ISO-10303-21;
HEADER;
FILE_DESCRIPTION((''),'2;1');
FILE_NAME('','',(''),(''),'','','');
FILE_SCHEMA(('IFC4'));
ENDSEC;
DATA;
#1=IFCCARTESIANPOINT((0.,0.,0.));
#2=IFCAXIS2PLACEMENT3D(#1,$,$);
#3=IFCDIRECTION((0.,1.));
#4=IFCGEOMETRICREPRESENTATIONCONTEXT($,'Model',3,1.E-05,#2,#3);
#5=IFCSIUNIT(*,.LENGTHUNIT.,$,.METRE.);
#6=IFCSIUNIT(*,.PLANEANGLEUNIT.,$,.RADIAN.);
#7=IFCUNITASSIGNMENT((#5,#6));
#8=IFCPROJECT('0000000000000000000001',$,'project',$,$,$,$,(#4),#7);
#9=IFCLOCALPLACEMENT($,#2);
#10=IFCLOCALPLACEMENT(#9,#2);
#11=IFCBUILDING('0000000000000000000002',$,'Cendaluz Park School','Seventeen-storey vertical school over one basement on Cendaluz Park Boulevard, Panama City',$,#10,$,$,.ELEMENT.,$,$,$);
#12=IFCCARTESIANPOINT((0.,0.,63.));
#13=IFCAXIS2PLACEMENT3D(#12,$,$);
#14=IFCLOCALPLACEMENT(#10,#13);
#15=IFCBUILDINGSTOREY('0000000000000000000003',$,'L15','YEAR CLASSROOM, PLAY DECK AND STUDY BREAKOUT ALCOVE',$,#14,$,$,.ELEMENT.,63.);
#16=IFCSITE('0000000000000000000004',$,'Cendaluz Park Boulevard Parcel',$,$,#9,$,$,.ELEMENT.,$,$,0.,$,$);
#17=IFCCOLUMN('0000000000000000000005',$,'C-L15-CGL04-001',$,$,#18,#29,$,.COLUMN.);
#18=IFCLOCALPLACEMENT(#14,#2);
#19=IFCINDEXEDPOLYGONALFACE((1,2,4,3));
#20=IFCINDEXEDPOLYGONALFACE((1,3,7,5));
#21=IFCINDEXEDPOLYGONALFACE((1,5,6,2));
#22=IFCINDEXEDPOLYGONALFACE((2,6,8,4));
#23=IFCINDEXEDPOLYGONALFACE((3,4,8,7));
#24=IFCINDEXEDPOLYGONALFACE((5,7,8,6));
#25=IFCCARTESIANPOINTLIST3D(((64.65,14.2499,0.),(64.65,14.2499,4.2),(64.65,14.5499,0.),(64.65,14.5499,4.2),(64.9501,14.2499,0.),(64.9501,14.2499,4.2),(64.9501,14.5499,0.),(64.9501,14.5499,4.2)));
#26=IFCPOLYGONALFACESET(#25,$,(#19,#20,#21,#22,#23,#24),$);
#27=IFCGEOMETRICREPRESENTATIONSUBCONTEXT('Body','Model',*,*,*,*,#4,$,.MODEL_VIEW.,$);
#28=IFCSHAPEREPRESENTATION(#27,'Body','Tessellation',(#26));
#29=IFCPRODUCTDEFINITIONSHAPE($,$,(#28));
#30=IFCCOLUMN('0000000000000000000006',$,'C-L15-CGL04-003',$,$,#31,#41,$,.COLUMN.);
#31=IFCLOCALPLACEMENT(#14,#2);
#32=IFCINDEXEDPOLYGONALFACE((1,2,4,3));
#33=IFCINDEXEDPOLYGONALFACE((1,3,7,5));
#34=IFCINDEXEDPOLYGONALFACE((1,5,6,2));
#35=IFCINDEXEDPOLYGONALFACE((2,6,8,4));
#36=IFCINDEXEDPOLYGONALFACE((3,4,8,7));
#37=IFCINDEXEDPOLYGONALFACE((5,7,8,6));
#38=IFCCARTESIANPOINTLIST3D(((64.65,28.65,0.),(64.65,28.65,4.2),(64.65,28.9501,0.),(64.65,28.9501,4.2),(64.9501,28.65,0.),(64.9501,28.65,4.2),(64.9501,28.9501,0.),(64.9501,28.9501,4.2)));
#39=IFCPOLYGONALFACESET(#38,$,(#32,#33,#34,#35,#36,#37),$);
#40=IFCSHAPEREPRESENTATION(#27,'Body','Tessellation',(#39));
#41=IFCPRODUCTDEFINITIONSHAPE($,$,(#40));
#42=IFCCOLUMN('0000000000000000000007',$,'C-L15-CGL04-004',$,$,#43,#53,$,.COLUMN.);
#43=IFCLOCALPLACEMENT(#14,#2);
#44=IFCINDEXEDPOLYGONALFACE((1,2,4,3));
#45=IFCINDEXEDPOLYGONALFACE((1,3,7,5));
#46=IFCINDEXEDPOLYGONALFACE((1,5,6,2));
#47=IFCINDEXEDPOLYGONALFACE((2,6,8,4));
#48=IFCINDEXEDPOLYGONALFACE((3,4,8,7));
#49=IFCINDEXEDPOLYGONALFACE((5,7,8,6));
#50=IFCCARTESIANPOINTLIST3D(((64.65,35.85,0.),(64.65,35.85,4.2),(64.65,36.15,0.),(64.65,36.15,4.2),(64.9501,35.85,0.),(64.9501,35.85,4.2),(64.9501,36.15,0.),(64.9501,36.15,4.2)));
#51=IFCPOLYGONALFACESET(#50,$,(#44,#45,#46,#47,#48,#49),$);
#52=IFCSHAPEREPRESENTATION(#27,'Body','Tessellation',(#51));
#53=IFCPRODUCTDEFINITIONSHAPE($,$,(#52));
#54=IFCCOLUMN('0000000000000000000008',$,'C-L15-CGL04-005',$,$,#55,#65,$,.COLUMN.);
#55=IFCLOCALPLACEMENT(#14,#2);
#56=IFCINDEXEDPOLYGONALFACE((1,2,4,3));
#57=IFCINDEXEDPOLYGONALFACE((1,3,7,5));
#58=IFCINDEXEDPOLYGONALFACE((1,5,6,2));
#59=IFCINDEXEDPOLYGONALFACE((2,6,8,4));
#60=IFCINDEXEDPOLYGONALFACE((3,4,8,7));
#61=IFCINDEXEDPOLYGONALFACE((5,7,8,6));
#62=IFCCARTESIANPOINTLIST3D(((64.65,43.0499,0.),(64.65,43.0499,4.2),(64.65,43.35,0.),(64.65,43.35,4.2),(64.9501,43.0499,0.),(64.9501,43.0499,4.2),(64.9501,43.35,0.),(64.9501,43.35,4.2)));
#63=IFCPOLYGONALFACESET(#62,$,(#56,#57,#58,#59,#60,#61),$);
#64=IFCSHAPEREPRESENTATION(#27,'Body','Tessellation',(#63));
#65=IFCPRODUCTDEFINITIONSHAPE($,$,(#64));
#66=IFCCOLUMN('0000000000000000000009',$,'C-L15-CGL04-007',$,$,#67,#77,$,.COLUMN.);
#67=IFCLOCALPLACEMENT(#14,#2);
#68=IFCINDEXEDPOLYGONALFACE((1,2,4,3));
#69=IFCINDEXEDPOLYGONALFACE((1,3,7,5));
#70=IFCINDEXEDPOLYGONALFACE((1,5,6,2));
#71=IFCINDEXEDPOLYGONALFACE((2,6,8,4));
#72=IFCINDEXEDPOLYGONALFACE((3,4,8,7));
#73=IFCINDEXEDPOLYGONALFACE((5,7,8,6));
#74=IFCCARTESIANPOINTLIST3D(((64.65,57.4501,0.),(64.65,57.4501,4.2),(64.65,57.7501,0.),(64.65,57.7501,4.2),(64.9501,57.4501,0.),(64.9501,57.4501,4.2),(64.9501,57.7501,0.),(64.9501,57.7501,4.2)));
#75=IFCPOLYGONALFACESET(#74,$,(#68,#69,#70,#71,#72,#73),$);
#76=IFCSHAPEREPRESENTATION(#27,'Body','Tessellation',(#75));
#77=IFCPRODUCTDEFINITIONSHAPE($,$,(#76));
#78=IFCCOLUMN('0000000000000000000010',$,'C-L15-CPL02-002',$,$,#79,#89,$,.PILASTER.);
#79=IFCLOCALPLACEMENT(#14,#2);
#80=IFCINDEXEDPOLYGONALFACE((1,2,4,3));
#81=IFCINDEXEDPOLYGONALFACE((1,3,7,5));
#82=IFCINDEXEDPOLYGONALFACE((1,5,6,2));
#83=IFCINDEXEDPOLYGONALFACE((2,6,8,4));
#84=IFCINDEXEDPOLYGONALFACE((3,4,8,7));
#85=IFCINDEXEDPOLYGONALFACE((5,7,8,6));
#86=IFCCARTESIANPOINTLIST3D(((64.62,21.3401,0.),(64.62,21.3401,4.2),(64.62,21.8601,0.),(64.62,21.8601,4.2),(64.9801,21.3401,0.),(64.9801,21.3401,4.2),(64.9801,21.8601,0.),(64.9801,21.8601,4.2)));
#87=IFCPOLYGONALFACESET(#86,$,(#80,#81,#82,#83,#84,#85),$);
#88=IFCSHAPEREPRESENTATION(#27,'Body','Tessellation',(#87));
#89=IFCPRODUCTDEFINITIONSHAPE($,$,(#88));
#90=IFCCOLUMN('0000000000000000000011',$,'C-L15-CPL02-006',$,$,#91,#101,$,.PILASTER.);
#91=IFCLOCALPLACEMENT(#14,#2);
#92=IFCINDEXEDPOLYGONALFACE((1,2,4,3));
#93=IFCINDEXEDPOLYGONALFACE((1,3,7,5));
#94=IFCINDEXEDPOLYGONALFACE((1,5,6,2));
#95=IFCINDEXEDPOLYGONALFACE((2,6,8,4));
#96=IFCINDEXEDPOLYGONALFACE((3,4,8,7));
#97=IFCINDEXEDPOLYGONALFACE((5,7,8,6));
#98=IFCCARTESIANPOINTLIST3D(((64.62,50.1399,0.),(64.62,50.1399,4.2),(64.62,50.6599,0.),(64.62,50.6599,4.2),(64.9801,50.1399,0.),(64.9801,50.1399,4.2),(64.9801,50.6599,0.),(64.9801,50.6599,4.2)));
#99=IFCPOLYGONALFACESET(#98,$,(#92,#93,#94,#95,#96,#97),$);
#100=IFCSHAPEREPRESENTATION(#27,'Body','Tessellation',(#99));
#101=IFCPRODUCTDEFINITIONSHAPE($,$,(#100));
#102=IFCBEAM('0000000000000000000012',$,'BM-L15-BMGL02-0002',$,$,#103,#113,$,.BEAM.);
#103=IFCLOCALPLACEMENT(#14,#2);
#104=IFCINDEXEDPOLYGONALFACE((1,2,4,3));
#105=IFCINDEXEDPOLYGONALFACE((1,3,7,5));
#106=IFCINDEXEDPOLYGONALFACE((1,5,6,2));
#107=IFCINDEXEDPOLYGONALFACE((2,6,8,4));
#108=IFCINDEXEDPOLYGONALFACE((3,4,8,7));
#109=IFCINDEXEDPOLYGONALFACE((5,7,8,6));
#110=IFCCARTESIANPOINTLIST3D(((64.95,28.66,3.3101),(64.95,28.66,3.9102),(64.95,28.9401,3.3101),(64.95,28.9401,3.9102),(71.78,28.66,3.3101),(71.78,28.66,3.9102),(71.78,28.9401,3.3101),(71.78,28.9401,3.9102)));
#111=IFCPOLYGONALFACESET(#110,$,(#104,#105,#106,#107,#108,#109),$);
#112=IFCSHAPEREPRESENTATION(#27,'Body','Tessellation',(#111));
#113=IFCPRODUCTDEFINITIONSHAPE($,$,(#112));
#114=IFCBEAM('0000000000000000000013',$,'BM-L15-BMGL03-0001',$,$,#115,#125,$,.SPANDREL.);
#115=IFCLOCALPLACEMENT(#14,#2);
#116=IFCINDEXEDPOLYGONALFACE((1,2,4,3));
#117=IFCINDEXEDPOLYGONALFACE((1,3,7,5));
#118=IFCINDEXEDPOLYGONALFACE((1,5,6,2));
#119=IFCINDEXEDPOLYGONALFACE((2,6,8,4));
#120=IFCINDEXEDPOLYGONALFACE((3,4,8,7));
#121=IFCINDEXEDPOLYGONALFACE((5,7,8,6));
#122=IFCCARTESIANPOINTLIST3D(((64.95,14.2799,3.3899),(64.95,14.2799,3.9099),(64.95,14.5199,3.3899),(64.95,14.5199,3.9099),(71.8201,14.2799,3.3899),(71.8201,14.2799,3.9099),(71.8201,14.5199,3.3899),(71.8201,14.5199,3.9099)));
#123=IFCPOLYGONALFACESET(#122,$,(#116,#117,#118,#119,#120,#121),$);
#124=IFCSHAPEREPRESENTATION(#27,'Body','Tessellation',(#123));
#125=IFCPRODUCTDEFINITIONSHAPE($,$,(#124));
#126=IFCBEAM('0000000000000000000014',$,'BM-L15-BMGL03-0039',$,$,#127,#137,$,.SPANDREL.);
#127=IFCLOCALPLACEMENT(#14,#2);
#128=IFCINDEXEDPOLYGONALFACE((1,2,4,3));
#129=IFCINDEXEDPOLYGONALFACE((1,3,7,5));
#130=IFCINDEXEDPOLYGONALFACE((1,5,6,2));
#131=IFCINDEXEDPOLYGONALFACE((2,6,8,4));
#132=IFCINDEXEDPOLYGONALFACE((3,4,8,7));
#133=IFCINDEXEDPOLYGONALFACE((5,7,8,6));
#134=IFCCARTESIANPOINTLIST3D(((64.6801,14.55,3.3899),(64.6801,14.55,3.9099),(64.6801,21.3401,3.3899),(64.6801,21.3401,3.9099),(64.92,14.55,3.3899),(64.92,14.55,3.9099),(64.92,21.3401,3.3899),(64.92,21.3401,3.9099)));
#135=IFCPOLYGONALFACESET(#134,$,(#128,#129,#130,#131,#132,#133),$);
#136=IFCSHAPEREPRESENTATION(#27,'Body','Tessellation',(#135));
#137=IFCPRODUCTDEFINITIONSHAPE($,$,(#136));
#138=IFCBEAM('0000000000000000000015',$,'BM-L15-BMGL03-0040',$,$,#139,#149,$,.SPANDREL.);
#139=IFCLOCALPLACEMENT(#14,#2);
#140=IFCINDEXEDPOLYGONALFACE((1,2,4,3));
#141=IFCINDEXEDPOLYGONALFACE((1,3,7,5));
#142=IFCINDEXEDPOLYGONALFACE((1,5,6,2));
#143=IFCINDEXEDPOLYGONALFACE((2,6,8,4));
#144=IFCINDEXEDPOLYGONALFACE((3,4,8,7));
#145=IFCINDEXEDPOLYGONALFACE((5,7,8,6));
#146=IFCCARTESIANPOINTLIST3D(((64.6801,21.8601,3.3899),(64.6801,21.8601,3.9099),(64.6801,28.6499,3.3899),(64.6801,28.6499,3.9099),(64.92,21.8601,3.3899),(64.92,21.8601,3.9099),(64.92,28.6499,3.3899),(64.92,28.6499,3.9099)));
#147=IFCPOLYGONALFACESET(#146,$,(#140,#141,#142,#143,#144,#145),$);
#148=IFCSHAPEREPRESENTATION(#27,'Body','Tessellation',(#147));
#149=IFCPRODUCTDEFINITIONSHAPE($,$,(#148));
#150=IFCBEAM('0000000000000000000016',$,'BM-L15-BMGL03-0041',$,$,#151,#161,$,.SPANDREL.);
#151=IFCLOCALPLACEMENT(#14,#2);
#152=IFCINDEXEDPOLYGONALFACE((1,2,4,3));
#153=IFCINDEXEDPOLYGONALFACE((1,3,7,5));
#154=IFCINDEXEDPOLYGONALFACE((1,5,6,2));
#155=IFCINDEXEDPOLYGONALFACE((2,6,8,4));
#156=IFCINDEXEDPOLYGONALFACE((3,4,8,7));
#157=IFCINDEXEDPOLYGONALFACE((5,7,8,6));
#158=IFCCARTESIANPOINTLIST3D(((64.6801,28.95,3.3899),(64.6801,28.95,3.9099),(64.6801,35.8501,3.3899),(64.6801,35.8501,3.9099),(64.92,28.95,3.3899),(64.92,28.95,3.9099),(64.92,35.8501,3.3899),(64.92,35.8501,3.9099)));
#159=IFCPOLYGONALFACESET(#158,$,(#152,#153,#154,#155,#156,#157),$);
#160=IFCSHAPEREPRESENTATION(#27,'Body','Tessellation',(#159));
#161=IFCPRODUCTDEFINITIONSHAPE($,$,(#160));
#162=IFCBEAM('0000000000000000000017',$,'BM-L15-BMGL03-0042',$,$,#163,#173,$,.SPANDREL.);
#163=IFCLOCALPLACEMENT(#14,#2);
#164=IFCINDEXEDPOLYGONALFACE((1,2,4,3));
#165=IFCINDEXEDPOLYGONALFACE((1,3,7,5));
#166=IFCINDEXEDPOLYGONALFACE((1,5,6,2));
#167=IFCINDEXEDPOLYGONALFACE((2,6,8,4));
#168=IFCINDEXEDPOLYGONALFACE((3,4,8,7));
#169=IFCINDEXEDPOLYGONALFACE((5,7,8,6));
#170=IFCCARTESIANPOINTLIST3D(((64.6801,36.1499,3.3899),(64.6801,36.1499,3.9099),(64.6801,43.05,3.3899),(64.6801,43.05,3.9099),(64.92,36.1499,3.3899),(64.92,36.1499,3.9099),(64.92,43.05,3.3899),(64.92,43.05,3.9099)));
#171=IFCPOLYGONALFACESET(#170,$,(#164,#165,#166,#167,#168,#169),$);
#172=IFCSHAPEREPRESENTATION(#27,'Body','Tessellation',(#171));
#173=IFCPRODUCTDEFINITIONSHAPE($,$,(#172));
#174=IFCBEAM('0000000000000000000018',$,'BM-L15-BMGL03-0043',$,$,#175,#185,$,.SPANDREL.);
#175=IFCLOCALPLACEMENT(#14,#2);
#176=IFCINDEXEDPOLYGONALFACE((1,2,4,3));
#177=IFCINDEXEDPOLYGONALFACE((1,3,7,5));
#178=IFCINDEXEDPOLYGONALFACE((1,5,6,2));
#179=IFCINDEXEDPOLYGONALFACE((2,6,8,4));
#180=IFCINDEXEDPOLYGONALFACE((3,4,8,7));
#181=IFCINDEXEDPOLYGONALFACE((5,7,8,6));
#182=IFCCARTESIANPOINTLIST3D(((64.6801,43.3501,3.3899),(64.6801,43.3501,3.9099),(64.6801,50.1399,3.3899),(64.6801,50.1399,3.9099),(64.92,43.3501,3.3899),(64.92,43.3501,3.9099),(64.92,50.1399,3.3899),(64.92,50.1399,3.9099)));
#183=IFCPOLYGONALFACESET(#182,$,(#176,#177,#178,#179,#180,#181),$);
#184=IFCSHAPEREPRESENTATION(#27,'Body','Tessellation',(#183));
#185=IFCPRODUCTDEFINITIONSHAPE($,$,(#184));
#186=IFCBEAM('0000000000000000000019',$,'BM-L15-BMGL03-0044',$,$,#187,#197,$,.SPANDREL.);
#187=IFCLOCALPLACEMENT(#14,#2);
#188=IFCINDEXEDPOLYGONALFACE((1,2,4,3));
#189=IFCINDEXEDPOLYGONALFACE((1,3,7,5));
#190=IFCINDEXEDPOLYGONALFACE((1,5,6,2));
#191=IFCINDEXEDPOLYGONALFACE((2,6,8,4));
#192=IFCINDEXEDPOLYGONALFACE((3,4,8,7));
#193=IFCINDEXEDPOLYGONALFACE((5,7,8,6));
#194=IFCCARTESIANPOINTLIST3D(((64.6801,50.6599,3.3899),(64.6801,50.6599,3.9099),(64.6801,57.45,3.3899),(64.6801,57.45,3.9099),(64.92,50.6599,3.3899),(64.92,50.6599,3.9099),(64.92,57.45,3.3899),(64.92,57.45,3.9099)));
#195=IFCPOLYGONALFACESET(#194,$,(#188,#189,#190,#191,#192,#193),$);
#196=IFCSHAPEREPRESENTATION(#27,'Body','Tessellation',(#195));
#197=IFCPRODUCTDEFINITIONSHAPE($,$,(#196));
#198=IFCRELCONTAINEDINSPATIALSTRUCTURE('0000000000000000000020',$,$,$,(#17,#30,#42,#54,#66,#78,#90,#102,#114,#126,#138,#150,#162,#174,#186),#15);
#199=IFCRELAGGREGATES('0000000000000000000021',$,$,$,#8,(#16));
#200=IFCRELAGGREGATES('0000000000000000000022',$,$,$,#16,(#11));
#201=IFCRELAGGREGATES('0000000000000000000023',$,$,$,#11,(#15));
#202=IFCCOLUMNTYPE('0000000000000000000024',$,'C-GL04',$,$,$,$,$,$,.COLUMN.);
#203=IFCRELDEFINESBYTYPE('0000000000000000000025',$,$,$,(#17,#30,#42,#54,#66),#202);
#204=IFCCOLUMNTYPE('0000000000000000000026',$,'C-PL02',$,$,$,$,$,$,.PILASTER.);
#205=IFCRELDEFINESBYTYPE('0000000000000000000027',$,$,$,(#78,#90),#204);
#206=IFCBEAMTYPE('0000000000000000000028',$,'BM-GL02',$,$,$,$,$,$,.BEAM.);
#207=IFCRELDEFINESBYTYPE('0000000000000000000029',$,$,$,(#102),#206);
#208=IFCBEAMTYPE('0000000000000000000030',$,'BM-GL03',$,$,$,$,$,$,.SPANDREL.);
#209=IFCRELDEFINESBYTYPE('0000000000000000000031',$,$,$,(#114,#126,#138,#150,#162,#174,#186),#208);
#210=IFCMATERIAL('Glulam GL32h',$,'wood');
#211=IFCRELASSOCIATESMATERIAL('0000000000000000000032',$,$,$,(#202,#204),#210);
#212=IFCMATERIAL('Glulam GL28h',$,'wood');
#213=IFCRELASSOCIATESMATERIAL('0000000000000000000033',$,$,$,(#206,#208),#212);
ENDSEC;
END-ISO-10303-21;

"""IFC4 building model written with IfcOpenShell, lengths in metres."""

from ifc_helpers import new_model, si_unit, direction, frame, origin, origin_2d, place, context, subcontext, project, spatial, rectangle, extrude, material, material_profile, profile_set, type_object, element, save


model = new_model("IFC4")

# Units and contexts
model_context = context("Model", 3, precision=1e-05, world=origin(), true_north=direction((0.0, 1.0)))
body_context = subcontext(model_context, "Body", "Model", "MODEL_VIEW")
ifc_project = project(units=[si_unit("LENGTHUNIT", "METRE"), si_unit("PLANEANGLEUNIT", "RADIAN")], contexts=[model_context])

# Site, building, storey
site_placement = place(None, origin())
site = spatial("IfcSite", under=ifc_project, at=site_placement, Name="Cendaluz Park Boulevard Parcel", CompositionType="ELEMENT", RefElevation=0.0)
building_placement = place(site_placement, origin())
building = spatial("IfcBuilding", under=site, at=building_placement, Name="Cendaluz Park School", Description="Seventeen-storey vertical school over one basement on Cendaluz Park Boulevard, Panama City", CompositionType="ELEMENT")
storey_placement = place(building_placement, frame((0.0, 0.0, 63.0)))
storey = spatial("IfcBuildingStorey", under=building, at=storey_placement, Name="L15", Description="YEAR CLASSROOM, PLAY DECK AND STUDY BREAKOUT ALCOVE", CompositionType="ELEMENT", Elevation=63.0)

# Columns
ifc_material_1 = material(Name="Glulam GL32h", Category="wood")
ifc_material_profile_1 = material_profile(ifc_material_1, rectangle(XDim=0.3, YDim=0.3, at=origin_2d()), Name="GL32h 300x300", Category="wood")
ifc_profile_set_1 = profile_set([ifc_material_profile_1], Name="Glulam GL32h")
column_type_1 = type_object("IfcColumnType", Name="C-GL04", PredefinedType="COLUMN", material=ifc_profile_set_1)
for number, where, z_axis, x_axis, name in (
    (1, (64.8, 14.3999, 0.0), (0.0, 0.0, 1.0), (1.0, 0.0, 0.0), "C-L15-CGL04-001"),
    (2, (64.8, 28.8, 0.0), (0.0, 0.0, 1.0), (1.0, 0.0, 0.0), "C-L15-CGL04-003"),
    (3, (64.8, 36.0, 0.0), (0.0, 0.0, 1.0), (1.0, 0.0, 0.0), "C-L15-CGL04-004"),
    (4, (64.8, 43.2, 0.0), (0.0, 0.0, 1.0), (1.0, 0.0, 0.0), "C-L15-CGL04-005"),
    (5, (64.8, 57.6001, 0.0), (0.0, 0.0, 1.0), (1.0, 0.0, 0.0), "C-L15-CGL04-007"),
):
    element("IfcColumn", number, at=place(storey_placement, frame(where, z_axis=z_axis, x_axis=x_axis)), inside=storey, type_object=column_type_1, Name=name, PredefinedType="COLUMN", context=body_context, shape_type="SweptSolid", body=[
        extrude(rectangle(XDim=0.3, YDim=0.3, at=origin_2d()), origin(), (0.0, 0.0, 1.0), 4.2),
    ])
ifc_material_profile_2 = material_profile(ifc_material_1, rectangle(XDim=0.3601, YDim=0.52, at=origin_2d()), Name="GL32h 360x520", Category="wood")
ifc_profile_set_2 = profile_set([ifc_material_profile_2], Name="Glulam GL32h")
column_type_2 = type_object("IfcColumnType", Name="C-PL02", PredefinedType="PILASTER", material=ifc_profile_set_2)
for number, where, z_axis, x_axis, name in (
    (6, (64.8, 21.6001, 0.0), (0.0, 0.0, 1.0), (1.0, 0.0, 0.0), "C-L15-CPL02-002"),
    (7, (64.8, 50.3999, 0.0), (0.0, 0.0, 1.0), (1.0, 0.0, 0.0), "C-L15-CPL02-006"),
):
    element("IfcColumn", number, at=place(storey_placement, frame(where, z_axis=z_axis, x_axis=x_axis)), inside=storey, type_object=column_type_2, Name=name, PredefinedType="PILASTER", context=body_context, shape_type="SweptSolid", body=[
        extrude(rectangle(XDim=0.3601, YDim=0.52, at=origin_2d()), origin(), (0.0, 0.0, 1.0), 4.2),
    ])

# Beams
ifc_material_2 = material(Name="Glulam GL28h", Category="wood")
ifc_material_profile_3 = material_profile(ifc_material_2, rectangle(XDim=0.28, YDim=0.6001, at=origin_2d()), Name="GL28h 280x600", Category="wood")
ifc_profile_set_3 = profile_set([ifc_material_profile_3], Name="Glulam GL28h")
beam_type_1 = type_object("IfcBeamType", Name="BM-GL02", PredefinedType="BEAM", material=ifc_profile_set_3)
beam_1_placement = place(storey_placement, frame((64.95, 28.8, 3.6101), z_axis=(1.0, 0.0, 0.0), x_axis=(0.0, 1.0, 0.0)))
element("IfcBeam", 8, at=beam_1_placement, inside=storey, type_object=beam_type_1, Name="BM-L15-BMGL02-0002", PredefinedType="BEAM", context=body_context, shape_type="SweptSolid", body=[
    extrude(rectangle(XDim=0.28, YDim=0.6001, at=origin_2d()), origin(), (0.0, 0.0, 1.0), 6.8301),
])
ifc_material_profile_4 = material_profile(ifc_material_2, rectangle(XDim=0.24, YDim=0.52, at=origin_2d()), Name="GL28h 240x520", Category="wood")
ifc_profile_set_4 = profile_set([ifc_material_profile_4], Name="Glulam GL28h")
beam_type_2 = type_object("IfcBeamType", Name="BM-GL03", PredefinedType="SPANDREL", material=ifc_profile_set_4)
beam_2_placement = place(storey_placement, frame((64.95, 14.3999, 3.6499), z_axis=(1.0, 0.0, 0.0), x_axis=(0.0, 1.0, 0.0)))
element("IfcBeam", 9, at=beam_2_placement, inside=storey, type_object=beam_type_2, Name="BM-L15-BMGL03-0001", PredefinedType="SPANDREL", context=body_context, shape_type="SweptSolid", body=[
    extrude(rectangle(XDim=0.24, YDim=0.52, at=origin_2d()), origin(), (0.0, 0.0, 1.0), 6.8701),
])
beam_3_placement = place(storey_placement, frame((64.8, 14.55, 3.6499), z_axis=(0.0, 1.0, 0.0), x_axis=(-1.0, 0.0, 0.0)))
element("IfcBeam", 10, at=beam_3_placement, inside=storey, type_object=beam_type_2, Name="BM-L15-BMGL03-0039", PredefinedType="SPANDREL", context=body_context, shape_type="SweptSolid", body=[
    extrude(rectangle(XDim=0.24, YDim=0.52, at=origin_2d()), origin(), (0.0, 0.0, 1.0), 6.79),
])
beam_4_placement = place(storey_placement, frame((64.8, 21.8601, 3.6499), z_axis=(0.0, 1.0, 0.0), x_axis=(-1.0, 0.0, 0.0)))
element("IfcBeam", 11, at=beam_4_placement, inside=storey, type_object=beam_type_2, Name="BM-L15-BMGL03-0040", PredefinedType="SPANDREL", context=body_context, shape_type="SweptSolid", body=[
    extrude(rectangle(XDim=0.24, YDim=0.52, at=origin_2d()), origin(), (0.0, 0.0, 1.0), 6.7898),
])
for number, where, z_axis, x_axis, name in (
    (12, (64.8, 28.95, 3.6499), (0.0, 1.0, 0.0), (-1.0, 0.0, 0.0), "BM-L15-BMGL03-0041"),
    (13, (64.8, 36.1499, 3.6499), (0.0, 1.0, 0.0), (-1.0, 0.0, 0.0), "BM-L15-BMGL03-0042"),
):
    element("IfcBeam", number, at=place(storey_placement, frame(where, z_axis=z_axis, x_axis=x_axis)), inside=storey, type_object=beam_type_2, Name=name, PredefinedType="SPANDREL", context=body_context, shape_type="SweptSolid", body=[
        extrude(rectangle(XDim=0.24, YDim=0.52, at=origin_2d()), origin(), (0.0, 0.0, 1.0), 6.9001),
    ])
beam_5_placement = place(storey_placement, frame((64.8, 43.3501, 3.6499), z_axis=(0.0, 1.0, 0.0), x_axis=(-1.0, 0.0, 0.0)))
element("IfcBeam", 14, at=beam_5_placement, inside=storey, type_object=beam_type_2, Name="BM-L15-BMGL03-0043", PredefinedType="SPANDREL", context=body_context, shape_type="SweptSolid", body=[
    extrude(rectangle(XDim=0.24, YDim=0.52, at=origin_2d()), origin(), (0.0, 0.0, 1.0), 6.7898),
])
beam_6_placement = place(storey_placement, frame((64.8, 50.6599, 3.6499), z_axis=(0.0, 1.0, 0.0), x_axis=(-1.0, 0.0, 0.0)))
element("IfcBeam", 15, at=beam_6_placement, inside=storey, type_object=beam_type_2, Name="BM-L15-BMGL03-0044", PredefinedType="SPANDREL", context=body_context, shape_type="SweptSolid", body=[
    extrude(rectangle(XDim=0.24, YDim=0.52, at=origin_2d()), origin(), (0.0, 0.0, 1.0), 6.79),
])

save(model, "model.ifc")
